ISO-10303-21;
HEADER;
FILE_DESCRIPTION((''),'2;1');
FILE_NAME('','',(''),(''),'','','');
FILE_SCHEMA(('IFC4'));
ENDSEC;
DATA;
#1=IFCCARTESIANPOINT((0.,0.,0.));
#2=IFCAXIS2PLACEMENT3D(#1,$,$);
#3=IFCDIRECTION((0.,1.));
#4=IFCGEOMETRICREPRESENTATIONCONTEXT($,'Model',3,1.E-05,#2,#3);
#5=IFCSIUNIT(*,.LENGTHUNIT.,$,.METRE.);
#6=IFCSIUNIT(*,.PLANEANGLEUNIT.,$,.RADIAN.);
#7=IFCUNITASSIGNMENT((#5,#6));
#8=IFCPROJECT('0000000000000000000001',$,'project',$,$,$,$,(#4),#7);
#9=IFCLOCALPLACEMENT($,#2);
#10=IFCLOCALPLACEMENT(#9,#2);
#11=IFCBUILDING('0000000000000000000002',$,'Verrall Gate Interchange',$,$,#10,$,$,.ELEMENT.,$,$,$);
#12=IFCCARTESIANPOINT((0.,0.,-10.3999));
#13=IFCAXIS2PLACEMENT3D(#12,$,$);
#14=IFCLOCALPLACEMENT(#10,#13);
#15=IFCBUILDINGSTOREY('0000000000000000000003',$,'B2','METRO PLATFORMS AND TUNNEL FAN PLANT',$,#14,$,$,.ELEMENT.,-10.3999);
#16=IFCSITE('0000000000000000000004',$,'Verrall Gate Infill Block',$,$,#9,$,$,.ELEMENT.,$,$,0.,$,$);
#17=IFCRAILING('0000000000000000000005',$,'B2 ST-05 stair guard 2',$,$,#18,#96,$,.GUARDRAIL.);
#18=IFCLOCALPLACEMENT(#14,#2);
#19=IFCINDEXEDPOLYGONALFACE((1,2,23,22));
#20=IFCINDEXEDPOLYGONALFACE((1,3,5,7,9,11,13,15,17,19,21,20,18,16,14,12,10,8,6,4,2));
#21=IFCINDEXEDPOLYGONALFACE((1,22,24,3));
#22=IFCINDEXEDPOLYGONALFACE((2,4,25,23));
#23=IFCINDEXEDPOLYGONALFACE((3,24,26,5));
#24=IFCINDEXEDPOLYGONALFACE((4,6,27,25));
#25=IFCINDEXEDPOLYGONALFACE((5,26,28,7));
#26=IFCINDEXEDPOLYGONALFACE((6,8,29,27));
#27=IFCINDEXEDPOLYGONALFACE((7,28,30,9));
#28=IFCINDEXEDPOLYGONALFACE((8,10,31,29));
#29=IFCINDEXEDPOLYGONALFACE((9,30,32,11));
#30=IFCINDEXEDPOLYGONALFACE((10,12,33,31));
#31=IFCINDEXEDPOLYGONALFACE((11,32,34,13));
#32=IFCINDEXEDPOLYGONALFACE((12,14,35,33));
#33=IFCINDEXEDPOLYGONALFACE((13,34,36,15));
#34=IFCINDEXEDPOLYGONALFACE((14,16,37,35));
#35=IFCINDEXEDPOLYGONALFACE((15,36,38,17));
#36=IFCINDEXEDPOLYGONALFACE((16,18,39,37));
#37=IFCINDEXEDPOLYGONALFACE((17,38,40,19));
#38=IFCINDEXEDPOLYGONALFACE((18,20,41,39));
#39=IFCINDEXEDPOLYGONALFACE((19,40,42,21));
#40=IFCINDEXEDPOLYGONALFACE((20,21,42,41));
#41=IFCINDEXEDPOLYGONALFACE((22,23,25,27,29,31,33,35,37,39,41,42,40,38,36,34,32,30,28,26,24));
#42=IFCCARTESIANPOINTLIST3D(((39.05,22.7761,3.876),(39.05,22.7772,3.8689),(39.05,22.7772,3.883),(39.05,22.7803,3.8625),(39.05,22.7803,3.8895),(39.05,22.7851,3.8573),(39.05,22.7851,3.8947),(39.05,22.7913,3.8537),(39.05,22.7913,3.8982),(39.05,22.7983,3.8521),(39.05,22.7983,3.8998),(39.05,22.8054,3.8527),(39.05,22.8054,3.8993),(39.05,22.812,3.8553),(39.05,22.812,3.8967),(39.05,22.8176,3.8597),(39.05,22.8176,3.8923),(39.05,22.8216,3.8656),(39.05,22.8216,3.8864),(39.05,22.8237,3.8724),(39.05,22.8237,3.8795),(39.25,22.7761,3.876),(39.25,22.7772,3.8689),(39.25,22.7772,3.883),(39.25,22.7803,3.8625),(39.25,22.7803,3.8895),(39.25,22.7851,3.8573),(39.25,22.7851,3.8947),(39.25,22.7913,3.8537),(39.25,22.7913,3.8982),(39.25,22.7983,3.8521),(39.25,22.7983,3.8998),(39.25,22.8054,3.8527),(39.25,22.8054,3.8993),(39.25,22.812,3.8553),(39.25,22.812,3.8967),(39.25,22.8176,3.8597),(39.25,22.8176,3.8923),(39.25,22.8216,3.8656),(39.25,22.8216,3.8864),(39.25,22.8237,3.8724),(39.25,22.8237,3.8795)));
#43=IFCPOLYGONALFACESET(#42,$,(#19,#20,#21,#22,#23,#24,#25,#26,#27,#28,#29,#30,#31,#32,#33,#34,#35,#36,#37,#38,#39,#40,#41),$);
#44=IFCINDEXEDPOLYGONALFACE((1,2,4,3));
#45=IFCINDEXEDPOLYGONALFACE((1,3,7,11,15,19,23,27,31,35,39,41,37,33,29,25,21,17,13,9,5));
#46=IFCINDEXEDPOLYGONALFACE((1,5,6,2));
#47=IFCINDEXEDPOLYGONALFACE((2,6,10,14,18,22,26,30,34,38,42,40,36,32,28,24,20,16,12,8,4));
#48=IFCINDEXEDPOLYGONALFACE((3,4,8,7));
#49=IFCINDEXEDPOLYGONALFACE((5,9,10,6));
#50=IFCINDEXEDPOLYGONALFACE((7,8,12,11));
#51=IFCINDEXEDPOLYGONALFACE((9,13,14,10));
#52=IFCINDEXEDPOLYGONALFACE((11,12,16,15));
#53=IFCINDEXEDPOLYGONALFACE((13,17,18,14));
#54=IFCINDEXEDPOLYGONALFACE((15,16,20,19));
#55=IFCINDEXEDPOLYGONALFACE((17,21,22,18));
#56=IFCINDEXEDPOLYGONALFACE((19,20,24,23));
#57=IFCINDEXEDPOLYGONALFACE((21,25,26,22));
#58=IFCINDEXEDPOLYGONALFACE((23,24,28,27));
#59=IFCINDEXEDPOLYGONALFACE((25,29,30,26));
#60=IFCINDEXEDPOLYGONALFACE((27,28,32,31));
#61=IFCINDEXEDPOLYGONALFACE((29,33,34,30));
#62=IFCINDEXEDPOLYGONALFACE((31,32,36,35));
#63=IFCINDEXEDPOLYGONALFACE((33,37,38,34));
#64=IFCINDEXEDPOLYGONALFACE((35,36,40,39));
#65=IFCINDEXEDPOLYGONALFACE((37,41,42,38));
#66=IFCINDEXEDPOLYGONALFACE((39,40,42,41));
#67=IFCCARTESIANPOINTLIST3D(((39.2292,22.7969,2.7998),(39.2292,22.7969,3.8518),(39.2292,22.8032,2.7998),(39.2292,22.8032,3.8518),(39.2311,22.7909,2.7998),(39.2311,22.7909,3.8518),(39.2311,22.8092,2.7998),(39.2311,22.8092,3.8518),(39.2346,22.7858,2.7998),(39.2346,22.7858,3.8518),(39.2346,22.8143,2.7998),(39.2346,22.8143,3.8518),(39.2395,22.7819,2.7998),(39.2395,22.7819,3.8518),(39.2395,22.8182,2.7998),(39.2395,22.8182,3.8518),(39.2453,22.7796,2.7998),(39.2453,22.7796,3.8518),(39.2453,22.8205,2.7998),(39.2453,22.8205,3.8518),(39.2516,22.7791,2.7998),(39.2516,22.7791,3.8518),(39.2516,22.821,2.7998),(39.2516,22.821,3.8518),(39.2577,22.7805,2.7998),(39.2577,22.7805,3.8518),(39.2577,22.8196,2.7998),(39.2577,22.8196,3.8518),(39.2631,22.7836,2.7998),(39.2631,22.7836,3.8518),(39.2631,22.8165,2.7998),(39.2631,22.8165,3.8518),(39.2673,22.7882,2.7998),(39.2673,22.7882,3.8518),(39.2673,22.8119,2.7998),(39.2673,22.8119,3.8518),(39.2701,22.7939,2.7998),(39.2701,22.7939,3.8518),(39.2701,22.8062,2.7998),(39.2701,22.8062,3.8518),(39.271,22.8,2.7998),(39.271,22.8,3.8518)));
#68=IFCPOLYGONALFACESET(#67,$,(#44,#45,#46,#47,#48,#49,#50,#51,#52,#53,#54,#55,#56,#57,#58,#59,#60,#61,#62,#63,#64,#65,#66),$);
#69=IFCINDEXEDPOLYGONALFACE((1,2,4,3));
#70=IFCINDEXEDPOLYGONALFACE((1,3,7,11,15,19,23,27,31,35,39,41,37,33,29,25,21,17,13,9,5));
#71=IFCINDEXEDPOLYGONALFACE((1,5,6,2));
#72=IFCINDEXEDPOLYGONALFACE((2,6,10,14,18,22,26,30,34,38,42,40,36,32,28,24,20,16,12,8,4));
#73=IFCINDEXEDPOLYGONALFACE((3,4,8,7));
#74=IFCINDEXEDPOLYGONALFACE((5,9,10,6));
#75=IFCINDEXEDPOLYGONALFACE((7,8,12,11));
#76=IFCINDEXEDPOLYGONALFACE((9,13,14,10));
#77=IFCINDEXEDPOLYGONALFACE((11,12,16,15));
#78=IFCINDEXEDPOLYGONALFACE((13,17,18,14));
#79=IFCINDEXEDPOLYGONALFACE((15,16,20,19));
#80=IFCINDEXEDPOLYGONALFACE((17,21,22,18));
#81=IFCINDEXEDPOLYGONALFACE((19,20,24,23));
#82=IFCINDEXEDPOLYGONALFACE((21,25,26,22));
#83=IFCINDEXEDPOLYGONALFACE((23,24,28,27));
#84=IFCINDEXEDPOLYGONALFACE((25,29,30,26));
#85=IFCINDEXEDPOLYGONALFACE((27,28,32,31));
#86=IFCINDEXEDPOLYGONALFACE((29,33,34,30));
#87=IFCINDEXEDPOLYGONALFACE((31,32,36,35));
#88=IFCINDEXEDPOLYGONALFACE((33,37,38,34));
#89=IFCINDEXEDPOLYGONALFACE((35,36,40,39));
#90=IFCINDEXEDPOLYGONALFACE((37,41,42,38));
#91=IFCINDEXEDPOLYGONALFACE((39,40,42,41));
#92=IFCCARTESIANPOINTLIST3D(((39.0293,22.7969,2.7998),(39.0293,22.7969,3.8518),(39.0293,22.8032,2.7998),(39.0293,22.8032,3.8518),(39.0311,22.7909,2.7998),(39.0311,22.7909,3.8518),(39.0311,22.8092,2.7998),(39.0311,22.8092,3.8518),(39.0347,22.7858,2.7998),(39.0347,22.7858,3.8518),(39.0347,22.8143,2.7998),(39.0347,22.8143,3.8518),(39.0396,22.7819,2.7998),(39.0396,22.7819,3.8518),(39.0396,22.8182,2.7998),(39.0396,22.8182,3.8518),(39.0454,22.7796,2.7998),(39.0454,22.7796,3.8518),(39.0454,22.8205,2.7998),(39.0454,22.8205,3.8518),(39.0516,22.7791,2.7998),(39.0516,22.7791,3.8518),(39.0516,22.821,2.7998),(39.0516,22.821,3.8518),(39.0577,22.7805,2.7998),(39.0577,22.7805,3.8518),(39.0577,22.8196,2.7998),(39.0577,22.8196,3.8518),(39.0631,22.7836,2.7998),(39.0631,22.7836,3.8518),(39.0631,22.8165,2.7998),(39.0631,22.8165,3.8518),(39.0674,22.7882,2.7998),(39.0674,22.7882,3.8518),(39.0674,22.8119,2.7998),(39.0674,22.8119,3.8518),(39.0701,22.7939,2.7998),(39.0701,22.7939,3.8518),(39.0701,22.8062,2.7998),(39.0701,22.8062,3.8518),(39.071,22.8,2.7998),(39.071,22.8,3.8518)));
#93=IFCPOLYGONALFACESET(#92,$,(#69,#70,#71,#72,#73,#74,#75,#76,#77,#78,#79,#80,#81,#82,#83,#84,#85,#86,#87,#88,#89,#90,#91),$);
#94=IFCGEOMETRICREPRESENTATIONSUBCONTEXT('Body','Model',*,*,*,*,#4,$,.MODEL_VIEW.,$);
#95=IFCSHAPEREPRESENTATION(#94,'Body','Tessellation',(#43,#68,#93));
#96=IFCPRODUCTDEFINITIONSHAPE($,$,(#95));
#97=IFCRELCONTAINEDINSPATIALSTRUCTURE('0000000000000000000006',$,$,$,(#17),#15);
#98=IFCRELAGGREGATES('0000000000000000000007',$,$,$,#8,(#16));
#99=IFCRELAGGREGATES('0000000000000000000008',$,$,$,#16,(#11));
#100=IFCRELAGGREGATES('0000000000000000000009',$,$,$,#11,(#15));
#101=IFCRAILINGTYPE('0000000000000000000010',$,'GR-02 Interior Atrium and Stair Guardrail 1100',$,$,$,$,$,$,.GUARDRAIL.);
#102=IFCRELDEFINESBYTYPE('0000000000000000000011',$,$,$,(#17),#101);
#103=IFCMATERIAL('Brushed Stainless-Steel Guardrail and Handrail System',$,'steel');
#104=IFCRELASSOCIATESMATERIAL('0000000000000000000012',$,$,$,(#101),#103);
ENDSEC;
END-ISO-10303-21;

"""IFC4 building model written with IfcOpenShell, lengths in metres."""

from ifc_helpers import new_model, si_unit, direction, frame, origin, origin_2d, place, context, subcontext, project, spatial, circle, extrude, material, type_object, element, save


model = new_model("IFC4")

# Units and contexts
model_context = context("Model", 3, precision=1e-05, world=origin(), true_north=direction((0.0, 1.0)))
body_context = subcontext(model_context, "Body", "Model", "MODEL_VIEW")
ifc_project = project(units=[si_unit("LENGTHUNIT", "METRE"), si_unit("PLANEANGLEUNIT", "RADIAN")], contexts=[model_context])

# Site, building, storey
site_placement = place(None, origin())
site = spatial("IfcSite", under=ifc_project, at=site_placement, Name="Verrall Gate Infill Block", CompositionType="ELEMENT", RefElevation=0.0)
building_placement = place(site_placement, origin())
building = spatial("IfcBuilding", under=site, at=building_placement, Name="Verrall Gate Interchange", CompositionType="ELEMENT")
storey_placement = place(building_placement, frame((0.0, 0.0, -10.3999)))
storey = spatial("IfcBuildingStorey", under=building, at=storey_placement, Name="B2", Description="METRO PLATFORMS AND TUNNEL FAN PLANT", CompositionType="ELEMENT", Elevation=-10.3999)

# Railing
ifc_material_1 = material(Name="Brushed Stainless-Steel Guardrail and Handrail System", Category="steel")
railing_type_1 = type_object("IfcRailingType", Name="GR-02 Interior Atrium and Stair Guardrail 1100", PredefinedType="GUARDRAIL", material=ifc_material_1)
railing_1_placement = place(storey_placement, frame((39.25, 22.8, 2.7998)))
element("IfcRailing", 1, at=railing_1_placement, inside=storey, type_object=railing_type_1, Name="B2 ST-05 stair guard 2", PredefinedType="GUARDRAIL", context=body_context, shape_type="SweptSolid", body=[
    extrude(circle(Radius=0.0239, at=origin_2d()), frame((0.0, 0.0, 1.0762), z_axis=(-1.0, 0.0, 0.0), x_axis=(0.0, -1.0, 0.0)), (0.0, 0.0, 1.0), 0.2),
    extrude(circle(Radius=0.021, at=origin_2d()), origin(), (0.0, 0.0, 1.0), 1.052),
    extrude(circle(Radius=0.021, at=origin_2d()), frame((-0.2, 0.0, 0.0)), (0.0, 0.0, 1.0), 1.052),
])

save(model, "model.ifc")
